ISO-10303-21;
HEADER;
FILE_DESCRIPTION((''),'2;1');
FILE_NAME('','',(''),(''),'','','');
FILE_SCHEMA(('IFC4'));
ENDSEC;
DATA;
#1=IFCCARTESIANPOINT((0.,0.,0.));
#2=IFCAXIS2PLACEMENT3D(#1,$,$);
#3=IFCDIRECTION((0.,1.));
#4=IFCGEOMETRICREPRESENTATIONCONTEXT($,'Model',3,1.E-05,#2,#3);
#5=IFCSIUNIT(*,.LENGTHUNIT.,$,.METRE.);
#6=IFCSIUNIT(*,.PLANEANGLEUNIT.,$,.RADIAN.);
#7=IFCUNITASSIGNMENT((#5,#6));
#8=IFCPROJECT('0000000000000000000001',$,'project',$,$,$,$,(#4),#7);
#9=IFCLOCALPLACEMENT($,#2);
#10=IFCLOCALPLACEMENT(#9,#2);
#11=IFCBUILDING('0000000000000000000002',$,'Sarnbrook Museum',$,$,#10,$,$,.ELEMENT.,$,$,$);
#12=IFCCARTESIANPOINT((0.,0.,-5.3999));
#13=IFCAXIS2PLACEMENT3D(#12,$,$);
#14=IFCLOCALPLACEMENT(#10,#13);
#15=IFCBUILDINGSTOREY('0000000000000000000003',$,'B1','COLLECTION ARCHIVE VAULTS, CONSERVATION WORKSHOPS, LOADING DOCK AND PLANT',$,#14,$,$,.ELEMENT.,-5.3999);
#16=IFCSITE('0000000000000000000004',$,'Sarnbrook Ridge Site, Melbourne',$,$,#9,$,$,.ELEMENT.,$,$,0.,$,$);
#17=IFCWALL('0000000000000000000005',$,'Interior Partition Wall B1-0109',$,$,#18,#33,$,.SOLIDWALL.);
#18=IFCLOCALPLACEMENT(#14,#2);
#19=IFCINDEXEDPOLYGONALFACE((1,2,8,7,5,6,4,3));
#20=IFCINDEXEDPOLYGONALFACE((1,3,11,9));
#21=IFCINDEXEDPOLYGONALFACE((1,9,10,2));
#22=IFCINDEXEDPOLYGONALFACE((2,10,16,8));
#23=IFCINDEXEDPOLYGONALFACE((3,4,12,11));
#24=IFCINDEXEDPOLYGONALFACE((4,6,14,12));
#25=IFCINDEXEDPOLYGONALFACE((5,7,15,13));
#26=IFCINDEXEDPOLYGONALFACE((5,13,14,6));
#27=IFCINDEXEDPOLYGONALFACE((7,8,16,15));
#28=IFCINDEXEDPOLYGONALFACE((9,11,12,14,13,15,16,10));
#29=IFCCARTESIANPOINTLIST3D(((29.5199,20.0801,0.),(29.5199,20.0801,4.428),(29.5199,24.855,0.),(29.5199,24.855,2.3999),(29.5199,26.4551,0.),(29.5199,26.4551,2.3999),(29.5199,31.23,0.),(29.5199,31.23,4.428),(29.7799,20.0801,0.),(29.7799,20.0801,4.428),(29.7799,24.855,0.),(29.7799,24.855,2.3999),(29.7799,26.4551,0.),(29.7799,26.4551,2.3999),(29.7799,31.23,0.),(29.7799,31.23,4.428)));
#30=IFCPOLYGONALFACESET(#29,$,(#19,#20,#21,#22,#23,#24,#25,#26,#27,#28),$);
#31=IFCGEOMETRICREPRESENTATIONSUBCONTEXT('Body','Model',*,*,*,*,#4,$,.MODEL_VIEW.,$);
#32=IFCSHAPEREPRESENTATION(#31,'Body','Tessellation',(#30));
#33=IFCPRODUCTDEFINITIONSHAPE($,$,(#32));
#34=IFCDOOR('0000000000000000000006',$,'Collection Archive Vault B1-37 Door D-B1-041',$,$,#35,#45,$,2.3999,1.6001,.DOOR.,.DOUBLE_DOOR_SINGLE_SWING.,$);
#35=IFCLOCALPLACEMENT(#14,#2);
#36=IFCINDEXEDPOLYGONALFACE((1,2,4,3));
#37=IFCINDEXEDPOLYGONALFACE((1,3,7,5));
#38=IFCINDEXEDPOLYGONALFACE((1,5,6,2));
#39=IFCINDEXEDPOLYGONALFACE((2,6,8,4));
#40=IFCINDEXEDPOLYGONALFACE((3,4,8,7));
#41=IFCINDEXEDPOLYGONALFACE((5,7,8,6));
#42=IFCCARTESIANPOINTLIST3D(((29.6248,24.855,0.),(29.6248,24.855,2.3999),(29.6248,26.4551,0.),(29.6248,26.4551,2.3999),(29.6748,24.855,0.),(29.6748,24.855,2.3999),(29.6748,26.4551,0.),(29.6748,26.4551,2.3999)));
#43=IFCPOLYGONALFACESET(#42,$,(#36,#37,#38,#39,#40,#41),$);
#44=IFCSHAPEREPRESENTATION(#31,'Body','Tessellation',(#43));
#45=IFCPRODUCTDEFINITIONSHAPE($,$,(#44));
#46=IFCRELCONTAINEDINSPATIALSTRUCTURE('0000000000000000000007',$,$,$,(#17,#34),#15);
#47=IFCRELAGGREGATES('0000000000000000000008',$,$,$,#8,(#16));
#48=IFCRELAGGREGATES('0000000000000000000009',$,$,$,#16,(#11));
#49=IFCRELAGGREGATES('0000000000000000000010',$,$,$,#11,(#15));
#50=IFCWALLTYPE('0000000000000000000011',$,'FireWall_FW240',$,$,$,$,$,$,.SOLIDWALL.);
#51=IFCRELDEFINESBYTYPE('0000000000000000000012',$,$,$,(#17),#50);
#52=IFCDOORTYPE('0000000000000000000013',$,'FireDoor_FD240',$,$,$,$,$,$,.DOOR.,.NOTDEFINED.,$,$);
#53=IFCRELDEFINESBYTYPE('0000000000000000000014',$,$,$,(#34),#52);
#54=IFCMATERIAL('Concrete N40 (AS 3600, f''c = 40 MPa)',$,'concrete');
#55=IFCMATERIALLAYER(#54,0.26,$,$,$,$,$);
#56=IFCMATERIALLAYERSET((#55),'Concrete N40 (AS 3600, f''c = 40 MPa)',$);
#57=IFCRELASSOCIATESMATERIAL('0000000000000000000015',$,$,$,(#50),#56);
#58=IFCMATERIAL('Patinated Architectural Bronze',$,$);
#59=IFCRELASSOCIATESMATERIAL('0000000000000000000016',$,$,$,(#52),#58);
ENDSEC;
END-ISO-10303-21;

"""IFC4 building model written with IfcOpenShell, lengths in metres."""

from ifc_helpers import new_model, si_unit, direction, frame, frame_2d, origin, place, context, subcontext, project, spatial, rectangle, extrude, material, layer, layer_set, type_object, element, fill, save


model = new_model("IFC4")

# Units and contexts
model_context = context("Model", 3, precision=1e-05, world=origin(), true_north=direction((0.0, 1.0)))
body_context = subcontext(model_context, "Body", "Model", "MODEL_VIEW")
ifc_project = project(units=[si_unit("LENGTHUNIT", "METRE"), si_unit("PLANEANGLEUNIT", "RADIAN")], contexts=[model_context])

# Site, building, storey
site_placement = place(None, origin())
site = spatial("IfcSite", under=ifc_project, at=site_placement, Name="Sarnbrook Ridge Site, Melbourne", CompositionType="ELEMENT", RefElevation=0.0)
building_placement = place(site_placement, origin())
building = spatial("IfcBuilding", under=site, at=building_placement, Name="Sarnbrook Museum", CompositionType="ELEMENT")
storey_placement = place(building_placement, frame((0.0, 0.0, -5.3999)))
storey = spatial("IfcBuildingStorey", under=building, at=storey_placement, Name="B1", Description="COLLECTION ARCHIVE VAULTS, CONSERVATION WORKSHOPS, LOADING DOCK AND PLANT", CompositionType="ELEMENT", Elevation=-5.3999)

# Shared definitions
ifc_material_1 = material(Name="Concrete N40 (AS 3600, f'c = 40 MPa)", Category="concrete")

# Wall, opening, door
ifc_layer = layer(ifc_material_1, 0.26)
ifc_layer_set = layer_set([ifc_layer], Name="Concrete N40 (AS 3600, f'c = 40 MPa)")
wall_type = type_object("IfcWallType", Name="FireWall_FW240", PredefinedType="SOLIDWALL", material=ifc_layer_set)
ifc_material_2 = material(Name="Patinated Architectural Bronze")
door_type = type_object("IfcDoorType", Name="FireDoor_FD240", OperationType="NOTDEFINED", PredefinedType="DOOR", material=ifc_material_2)
wall_1_placement = place(storey_placement, frame((29.6499, 20.0801, 0.0), z_axis=(0.0, 0.0, 1.0), x_axis=(0.0, 1.0, 0.0)))
wall_1 = element("IfcWall", 1, at=wall_1_placement, inside=storey, type_object=wall_type, Name="Interior Partition Wall B1-0109", PredefinedType="SOLIDWALL", context=body_context, shape_type="SweptSolid", body=[
    extrude(rectangle(XDim=11.1499, YDim=0.26, at=frame_2d((5.575, 0.0))), origin(), (0.0, 0.0, 1.0), 4.428),
])
opening_1_placement = place(wall_1_placement, frame((4.7749, 0.0, 0.0)))
opening_1 = element("IfcOpeningElement", 2, at=opening_1_placement, cuts=wall_1, PredefinedType="OPENING", context=body_context, shape_type="SweptSolid", body=[
    extrude(rectangle(XDim=1.6001, YDim=2.3999, at=frame_2d((0.8, 1.2))), frame((0.0, 0.1401, 0.0), z_axis=(0.0, -1.0, 0.0), x_axis=(1.0, 0.0, 0.0)), (0.0, 0.0, 1.0), 0.28),
])
door_1_placement = place(opening_1_placement, frame((1.6001, 0.0, 0.0), z_axis=(0.0, 0.0, 1.0), x_axis=(-1.0, 0.0, 0.0)))
door_1 = element("IfcDoor", 3, at=door_1_placement, inside=storey, type_object=door_type, Name="Collection Archive Vault B1-37 Door D-B1-041", OperationType="DOUBLE_DOOR_SINGLE_SWING", OverallHeight=2.3999, OverallWidth=1.6001, PredefinedType="DOOR", context=body_context, shape_type="SweptSolid", body=[
    extrude(rectangle(XDim=1.6001, YDim=2.3999, at=frame_2d((0.8, 1.2))), frame((0.0, 0.0249, 0.0), z_axis=(0.0, -1.0, 0.0), x_axis=(1.0, 0.0, 0.0)), (0.0, 0.0, 1.0), 0.05),
])
fill(opening_1, door_1)

save(model, "model.ifc")
